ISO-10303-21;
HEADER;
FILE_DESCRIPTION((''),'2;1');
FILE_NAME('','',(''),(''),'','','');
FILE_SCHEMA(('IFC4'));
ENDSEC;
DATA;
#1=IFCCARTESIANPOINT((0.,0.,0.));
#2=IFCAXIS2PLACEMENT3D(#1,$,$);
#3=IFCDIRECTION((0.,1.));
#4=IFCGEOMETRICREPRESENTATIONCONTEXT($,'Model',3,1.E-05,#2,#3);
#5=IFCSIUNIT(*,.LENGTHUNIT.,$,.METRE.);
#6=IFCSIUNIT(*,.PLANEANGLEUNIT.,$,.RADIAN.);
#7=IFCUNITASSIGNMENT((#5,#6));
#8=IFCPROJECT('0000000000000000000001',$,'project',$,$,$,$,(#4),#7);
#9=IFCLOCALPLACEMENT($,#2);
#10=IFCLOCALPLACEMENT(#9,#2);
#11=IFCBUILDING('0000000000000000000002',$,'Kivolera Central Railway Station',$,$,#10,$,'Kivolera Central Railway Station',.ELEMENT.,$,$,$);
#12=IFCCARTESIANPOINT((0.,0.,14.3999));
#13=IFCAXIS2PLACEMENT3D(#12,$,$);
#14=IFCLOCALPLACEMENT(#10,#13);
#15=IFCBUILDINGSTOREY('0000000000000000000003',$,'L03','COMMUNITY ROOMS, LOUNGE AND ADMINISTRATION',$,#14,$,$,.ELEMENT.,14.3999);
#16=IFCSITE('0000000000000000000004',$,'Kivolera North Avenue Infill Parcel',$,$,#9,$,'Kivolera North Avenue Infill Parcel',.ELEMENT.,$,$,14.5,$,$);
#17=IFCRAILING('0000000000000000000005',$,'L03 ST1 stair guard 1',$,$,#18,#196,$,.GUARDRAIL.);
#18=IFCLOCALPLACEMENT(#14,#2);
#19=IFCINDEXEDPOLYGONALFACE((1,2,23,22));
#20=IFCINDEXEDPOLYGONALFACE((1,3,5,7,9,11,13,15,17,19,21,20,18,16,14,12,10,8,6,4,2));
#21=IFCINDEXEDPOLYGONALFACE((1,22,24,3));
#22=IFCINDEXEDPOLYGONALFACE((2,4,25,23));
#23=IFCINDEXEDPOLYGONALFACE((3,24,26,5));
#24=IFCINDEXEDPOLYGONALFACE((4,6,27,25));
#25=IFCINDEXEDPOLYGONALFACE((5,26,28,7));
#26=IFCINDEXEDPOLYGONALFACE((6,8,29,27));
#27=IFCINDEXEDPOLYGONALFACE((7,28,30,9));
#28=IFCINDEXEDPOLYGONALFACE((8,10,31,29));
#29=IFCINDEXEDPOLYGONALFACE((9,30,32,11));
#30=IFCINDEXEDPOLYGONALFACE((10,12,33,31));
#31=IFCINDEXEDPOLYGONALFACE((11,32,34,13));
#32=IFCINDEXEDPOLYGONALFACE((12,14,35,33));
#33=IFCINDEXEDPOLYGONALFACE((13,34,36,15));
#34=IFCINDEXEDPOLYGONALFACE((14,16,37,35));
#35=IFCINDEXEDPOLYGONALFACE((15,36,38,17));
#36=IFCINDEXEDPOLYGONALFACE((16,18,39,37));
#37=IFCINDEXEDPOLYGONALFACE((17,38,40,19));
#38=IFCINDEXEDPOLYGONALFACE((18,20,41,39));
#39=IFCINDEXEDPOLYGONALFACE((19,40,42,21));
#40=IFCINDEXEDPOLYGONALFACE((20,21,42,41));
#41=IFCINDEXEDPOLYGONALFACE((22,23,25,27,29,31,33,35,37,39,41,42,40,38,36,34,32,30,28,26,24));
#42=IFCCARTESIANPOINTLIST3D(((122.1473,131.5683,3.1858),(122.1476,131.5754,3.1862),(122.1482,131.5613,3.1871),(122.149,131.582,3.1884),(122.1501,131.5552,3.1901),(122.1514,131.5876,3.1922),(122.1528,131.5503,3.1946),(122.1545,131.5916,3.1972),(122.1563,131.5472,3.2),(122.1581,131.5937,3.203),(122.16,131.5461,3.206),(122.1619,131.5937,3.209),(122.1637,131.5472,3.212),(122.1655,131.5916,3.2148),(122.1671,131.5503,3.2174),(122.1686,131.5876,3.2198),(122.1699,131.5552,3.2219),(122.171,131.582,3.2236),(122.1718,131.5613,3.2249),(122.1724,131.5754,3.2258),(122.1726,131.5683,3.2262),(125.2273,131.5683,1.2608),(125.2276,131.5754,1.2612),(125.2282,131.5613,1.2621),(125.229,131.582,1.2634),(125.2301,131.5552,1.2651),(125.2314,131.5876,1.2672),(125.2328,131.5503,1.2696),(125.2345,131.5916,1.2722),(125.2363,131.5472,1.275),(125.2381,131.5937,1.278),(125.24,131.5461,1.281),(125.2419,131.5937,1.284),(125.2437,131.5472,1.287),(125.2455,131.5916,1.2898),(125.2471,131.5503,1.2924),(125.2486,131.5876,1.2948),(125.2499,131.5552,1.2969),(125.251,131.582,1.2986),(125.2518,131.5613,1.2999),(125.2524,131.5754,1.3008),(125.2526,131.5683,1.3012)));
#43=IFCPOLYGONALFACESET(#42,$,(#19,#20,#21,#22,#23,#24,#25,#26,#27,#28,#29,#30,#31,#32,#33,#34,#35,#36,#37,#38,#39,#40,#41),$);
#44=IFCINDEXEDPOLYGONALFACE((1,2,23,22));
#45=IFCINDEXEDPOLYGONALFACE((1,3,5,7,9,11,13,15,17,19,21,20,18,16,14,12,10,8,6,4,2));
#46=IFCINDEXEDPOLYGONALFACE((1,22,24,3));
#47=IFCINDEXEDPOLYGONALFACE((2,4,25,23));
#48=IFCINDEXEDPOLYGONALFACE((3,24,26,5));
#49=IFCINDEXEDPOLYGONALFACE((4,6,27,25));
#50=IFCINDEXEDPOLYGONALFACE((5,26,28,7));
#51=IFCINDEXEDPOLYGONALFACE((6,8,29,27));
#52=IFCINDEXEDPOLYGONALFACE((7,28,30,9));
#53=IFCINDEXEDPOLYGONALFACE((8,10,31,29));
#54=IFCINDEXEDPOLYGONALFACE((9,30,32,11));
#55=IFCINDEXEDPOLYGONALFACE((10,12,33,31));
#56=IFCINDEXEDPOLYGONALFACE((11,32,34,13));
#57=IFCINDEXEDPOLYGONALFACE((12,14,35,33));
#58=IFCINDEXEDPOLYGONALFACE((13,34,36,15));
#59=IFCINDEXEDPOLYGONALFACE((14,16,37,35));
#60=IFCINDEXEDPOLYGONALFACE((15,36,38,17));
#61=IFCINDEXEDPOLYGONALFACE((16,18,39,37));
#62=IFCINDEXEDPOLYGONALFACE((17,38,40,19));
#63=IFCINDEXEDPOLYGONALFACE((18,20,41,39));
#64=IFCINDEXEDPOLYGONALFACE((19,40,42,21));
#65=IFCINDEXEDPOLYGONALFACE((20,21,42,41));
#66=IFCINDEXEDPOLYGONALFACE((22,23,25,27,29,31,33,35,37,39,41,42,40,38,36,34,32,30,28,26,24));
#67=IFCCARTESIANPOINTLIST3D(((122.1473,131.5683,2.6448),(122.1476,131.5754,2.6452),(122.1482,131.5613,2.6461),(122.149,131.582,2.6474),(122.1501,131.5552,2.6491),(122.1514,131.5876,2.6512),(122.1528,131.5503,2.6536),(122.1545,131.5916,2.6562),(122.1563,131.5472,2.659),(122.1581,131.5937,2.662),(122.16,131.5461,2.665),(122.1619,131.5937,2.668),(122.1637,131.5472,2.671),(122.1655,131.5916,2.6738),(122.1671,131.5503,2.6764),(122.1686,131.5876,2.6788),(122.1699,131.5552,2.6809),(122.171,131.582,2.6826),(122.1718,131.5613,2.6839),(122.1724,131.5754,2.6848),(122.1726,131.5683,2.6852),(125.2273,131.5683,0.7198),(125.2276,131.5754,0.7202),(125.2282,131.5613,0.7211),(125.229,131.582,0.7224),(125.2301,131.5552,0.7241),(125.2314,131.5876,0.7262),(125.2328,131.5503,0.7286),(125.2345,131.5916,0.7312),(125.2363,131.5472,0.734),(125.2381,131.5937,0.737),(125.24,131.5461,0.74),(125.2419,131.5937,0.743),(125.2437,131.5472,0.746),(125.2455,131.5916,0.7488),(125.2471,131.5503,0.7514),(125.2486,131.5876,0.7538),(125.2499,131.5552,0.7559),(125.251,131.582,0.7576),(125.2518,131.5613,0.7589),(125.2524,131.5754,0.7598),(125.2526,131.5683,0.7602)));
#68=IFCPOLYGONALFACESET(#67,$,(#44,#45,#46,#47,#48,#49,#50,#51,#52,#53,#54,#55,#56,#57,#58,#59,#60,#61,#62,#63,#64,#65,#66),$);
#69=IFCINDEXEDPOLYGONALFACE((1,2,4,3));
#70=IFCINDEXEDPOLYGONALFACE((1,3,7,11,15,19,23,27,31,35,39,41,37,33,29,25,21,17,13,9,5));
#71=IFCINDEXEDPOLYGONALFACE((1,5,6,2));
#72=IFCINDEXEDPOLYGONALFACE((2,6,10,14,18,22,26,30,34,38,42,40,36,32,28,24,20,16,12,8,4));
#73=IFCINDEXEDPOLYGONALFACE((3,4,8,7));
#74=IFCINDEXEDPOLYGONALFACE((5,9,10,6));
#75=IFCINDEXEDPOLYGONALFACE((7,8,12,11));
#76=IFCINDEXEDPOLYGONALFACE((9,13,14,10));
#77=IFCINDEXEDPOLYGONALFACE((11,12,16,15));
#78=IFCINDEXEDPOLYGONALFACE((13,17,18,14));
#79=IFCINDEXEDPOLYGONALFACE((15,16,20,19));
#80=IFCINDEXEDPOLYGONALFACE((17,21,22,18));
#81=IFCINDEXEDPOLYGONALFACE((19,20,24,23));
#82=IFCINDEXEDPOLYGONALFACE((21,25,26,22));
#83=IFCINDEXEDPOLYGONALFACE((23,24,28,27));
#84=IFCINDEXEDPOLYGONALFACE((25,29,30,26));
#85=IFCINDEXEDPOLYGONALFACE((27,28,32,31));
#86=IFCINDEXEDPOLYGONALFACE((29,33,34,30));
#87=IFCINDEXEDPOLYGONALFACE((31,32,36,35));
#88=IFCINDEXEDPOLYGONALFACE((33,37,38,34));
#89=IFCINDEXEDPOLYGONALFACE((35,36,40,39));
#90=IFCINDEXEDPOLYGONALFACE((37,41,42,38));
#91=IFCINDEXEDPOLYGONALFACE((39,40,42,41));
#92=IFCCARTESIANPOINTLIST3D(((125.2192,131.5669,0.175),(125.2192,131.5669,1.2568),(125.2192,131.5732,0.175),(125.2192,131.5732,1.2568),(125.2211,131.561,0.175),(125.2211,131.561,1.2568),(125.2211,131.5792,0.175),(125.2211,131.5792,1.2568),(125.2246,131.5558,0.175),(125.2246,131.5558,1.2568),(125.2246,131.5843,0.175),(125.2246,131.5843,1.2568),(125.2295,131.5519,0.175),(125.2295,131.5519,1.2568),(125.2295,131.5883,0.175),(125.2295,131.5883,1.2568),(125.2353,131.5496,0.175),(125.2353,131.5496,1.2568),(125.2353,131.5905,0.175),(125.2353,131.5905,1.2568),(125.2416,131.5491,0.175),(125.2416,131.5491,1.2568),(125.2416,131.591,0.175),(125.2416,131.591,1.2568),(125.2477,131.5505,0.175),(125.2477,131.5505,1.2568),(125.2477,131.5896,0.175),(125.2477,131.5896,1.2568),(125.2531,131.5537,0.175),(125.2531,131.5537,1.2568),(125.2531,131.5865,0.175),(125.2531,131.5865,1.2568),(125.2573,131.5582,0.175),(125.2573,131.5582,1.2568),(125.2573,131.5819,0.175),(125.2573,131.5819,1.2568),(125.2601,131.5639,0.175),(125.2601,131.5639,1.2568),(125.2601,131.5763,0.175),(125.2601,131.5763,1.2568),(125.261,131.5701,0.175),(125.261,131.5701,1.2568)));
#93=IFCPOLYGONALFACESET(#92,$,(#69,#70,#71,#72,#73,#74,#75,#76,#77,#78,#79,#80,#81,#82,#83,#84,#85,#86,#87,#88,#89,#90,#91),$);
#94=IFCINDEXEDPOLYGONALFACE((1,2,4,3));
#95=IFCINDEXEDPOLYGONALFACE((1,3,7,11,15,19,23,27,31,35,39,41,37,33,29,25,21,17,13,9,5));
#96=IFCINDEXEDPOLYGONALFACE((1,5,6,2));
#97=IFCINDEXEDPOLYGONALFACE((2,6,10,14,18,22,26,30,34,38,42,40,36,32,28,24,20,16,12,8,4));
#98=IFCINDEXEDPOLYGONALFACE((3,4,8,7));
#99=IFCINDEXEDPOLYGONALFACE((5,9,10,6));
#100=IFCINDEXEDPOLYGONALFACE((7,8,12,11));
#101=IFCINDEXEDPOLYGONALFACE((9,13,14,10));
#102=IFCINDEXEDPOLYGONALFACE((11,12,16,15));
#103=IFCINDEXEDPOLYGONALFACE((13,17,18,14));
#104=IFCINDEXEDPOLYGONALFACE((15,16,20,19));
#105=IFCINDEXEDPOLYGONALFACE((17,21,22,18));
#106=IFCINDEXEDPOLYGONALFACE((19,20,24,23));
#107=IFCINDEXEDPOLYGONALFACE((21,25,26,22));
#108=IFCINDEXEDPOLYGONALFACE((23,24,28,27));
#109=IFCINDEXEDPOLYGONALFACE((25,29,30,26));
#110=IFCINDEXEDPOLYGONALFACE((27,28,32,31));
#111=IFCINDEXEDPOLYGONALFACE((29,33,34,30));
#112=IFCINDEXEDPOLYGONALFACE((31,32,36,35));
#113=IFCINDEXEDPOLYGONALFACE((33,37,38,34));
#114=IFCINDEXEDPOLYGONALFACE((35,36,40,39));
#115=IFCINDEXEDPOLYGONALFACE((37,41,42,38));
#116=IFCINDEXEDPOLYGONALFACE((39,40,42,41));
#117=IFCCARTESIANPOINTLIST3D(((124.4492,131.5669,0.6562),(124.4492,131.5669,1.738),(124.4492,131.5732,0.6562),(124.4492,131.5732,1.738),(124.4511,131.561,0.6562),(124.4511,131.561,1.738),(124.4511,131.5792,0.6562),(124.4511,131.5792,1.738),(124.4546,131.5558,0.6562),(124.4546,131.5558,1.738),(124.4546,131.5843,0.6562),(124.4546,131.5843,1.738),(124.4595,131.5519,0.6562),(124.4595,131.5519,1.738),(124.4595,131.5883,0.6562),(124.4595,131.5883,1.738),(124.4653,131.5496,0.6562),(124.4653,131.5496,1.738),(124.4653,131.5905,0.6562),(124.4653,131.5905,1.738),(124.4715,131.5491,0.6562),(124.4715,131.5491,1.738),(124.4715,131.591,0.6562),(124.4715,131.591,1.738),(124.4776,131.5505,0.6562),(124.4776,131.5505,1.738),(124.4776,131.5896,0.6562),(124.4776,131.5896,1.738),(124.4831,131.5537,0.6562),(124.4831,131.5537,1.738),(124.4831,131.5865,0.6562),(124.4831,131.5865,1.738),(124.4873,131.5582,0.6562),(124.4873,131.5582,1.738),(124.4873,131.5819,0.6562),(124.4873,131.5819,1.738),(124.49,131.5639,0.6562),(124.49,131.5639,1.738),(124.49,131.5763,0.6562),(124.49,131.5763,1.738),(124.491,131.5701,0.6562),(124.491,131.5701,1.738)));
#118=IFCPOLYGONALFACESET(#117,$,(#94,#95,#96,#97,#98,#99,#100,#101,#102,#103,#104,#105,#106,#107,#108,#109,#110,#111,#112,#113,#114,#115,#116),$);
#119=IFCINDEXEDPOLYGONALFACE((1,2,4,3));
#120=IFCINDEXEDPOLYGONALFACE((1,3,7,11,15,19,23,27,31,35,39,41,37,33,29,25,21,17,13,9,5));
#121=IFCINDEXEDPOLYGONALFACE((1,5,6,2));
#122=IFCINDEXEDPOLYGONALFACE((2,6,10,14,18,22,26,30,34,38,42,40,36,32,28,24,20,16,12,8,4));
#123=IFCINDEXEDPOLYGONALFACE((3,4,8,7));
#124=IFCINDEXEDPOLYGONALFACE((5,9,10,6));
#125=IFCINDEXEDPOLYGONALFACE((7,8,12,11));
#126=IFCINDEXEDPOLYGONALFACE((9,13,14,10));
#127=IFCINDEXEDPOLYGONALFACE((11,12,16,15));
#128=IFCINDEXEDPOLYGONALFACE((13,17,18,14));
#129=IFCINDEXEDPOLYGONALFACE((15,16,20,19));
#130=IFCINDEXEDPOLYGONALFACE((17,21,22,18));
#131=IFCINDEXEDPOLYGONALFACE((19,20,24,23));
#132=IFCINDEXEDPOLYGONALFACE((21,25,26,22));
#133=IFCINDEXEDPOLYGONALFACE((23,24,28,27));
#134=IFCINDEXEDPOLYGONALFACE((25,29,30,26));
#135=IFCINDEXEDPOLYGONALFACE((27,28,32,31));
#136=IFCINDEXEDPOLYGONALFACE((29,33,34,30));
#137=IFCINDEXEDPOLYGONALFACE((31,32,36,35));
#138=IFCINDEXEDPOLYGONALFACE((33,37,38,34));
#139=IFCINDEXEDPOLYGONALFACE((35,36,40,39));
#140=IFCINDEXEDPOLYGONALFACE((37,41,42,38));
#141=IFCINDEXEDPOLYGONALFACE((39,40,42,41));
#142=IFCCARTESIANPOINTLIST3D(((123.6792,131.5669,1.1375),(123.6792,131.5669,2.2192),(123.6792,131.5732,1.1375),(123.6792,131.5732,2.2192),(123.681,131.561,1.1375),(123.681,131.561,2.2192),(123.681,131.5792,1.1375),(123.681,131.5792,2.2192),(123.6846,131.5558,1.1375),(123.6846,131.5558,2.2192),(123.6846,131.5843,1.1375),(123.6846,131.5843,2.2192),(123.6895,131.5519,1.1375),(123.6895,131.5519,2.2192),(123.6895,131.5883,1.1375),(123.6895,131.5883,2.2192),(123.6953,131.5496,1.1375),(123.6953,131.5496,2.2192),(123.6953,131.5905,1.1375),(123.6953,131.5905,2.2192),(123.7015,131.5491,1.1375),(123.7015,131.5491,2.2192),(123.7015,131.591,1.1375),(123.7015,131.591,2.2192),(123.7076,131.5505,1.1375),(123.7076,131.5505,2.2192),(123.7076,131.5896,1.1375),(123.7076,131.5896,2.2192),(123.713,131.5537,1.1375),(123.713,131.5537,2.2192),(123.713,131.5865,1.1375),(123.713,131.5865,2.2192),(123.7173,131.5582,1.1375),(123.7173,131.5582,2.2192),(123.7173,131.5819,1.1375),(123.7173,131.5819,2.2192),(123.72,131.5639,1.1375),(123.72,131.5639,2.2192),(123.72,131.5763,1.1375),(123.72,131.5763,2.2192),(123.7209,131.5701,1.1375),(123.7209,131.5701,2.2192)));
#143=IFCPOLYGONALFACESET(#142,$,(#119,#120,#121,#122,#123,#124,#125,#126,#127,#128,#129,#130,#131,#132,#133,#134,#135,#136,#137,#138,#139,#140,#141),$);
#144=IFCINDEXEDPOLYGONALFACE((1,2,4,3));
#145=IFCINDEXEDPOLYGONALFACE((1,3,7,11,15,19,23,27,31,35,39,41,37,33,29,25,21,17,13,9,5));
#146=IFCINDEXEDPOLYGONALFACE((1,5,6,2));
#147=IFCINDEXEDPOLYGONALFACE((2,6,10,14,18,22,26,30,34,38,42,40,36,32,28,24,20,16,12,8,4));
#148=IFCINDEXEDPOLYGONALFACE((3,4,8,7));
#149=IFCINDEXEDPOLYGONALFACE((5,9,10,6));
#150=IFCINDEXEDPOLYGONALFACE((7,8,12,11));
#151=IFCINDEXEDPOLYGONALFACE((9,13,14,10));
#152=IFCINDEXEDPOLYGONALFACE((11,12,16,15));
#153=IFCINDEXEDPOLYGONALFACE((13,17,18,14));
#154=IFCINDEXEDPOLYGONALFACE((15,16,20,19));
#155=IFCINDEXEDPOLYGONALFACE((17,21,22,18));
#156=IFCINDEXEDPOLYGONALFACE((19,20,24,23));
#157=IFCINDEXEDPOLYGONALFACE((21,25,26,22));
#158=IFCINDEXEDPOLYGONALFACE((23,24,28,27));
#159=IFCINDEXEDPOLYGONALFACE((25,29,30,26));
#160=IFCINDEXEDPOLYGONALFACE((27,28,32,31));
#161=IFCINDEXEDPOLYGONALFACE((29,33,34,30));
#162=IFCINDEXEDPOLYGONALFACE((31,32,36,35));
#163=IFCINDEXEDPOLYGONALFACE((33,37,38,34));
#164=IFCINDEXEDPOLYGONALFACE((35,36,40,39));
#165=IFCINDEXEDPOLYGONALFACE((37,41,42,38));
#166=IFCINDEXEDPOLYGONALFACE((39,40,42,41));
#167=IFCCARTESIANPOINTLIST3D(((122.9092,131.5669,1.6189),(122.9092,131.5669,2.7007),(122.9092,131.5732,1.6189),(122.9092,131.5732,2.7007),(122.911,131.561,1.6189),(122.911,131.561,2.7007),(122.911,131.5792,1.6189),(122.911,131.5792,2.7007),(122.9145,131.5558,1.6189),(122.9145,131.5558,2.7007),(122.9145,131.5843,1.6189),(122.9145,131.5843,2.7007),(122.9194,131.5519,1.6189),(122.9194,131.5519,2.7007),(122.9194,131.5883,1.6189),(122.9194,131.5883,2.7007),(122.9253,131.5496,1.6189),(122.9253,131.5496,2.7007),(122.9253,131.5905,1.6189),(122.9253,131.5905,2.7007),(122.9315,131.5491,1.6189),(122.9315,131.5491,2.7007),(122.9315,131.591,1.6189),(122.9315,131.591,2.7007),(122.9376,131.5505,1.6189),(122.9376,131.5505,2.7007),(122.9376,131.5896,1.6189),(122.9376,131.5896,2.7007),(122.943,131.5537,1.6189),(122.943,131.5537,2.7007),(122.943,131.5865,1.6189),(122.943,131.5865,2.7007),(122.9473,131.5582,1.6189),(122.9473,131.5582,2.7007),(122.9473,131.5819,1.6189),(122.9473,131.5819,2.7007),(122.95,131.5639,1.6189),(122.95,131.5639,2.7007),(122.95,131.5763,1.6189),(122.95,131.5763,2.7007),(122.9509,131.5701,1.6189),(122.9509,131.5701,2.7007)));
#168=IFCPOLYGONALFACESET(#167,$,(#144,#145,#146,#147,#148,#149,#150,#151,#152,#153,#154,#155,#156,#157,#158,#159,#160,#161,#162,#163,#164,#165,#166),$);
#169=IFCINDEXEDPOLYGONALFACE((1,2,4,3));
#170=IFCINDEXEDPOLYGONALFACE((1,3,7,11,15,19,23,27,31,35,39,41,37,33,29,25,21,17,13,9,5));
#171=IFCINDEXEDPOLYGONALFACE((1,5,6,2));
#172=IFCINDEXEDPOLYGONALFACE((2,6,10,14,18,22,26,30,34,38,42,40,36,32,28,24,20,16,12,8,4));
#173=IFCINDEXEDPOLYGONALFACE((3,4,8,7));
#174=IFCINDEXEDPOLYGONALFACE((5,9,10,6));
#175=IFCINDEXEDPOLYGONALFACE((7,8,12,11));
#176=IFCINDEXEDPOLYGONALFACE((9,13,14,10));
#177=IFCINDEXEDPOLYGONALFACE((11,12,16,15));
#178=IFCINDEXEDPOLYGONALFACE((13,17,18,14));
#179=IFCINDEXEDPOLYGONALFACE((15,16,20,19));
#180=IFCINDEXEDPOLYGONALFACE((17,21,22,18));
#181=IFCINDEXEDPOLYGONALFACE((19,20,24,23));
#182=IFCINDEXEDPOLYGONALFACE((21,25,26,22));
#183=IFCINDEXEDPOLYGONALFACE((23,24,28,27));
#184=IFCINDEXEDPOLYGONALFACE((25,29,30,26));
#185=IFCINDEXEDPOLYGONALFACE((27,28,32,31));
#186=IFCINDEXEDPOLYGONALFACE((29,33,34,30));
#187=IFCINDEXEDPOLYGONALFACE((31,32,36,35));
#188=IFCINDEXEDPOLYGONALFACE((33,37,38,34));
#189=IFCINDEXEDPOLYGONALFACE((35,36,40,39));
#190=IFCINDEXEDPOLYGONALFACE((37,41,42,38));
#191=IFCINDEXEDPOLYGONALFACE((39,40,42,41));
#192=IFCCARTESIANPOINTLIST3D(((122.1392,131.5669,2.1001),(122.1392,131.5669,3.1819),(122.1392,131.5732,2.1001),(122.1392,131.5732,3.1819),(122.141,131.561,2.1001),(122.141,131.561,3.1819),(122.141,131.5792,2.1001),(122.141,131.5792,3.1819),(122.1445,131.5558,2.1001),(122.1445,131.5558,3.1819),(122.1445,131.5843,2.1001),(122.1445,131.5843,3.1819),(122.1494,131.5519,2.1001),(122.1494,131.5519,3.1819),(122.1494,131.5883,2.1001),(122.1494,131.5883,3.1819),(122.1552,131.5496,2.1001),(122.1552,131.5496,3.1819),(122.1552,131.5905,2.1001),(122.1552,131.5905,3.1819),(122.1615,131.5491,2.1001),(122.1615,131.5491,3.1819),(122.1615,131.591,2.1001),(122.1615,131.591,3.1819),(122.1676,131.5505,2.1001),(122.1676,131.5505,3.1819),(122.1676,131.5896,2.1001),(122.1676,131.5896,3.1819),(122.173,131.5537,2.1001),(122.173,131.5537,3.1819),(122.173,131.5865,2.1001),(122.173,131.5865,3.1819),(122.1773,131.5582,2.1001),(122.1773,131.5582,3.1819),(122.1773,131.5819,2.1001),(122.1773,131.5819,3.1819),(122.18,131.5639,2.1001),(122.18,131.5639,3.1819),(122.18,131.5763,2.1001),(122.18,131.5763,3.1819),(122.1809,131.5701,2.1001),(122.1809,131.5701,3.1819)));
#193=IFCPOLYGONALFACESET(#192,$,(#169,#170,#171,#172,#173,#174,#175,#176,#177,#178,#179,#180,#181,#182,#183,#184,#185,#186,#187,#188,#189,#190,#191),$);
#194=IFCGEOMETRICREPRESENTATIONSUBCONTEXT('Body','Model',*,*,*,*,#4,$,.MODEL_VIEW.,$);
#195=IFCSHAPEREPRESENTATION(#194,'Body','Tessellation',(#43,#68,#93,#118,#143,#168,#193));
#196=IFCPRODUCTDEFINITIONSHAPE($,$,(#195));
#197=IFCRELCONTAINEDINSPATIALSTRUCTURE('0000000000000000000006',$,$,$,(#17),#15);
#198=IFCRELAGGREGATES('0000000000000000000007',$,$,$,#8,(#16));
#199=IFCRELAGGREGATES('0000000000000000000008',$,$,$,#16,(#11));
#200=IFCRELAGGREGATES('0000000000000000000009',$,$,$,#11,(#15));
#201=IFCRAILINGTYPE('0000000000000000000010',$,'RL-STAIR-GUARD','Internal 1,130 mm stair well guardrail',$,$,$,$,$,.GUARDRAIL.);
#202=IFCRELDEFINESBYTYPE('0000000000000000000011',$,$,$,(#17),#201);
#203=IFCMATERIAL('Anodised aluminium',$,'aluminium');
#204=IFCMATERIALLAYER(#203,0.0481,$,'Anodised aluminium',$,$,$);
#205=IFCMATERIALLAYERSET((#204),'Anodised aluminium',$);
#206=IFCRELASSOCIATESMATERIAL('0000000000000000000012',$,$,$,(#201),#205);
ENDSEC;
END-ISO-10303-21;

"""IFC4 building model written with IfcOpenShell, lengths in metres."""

from ifc_helpers import new_model, si_unit, direction, frame, origin, origin_2d, place, context, subcontext, project, spatial, circle, extrude, material, layer, layer_set, type_object, element, save


model = new_model("IFC4")

# Units and contexts
model_context = context("Model", 3, precision=1e-05, world=origin(), true_north=direction((0.0, 1.0)))
body_context = subcontext(model_context, "Body", "Model", "MODEL_VIEW")
ifc_project = project(units=[si_unit("LENGTHUNIT", "METRE"), si_unit("PLANEANGLEUNIT", "RADIAN")], contexts=[model_context])

# Site, building, storey
site_placement = place(None, origin())
site = spatial("IfcSite", under=ifc_project, at=site_placement, Name="Kivolera North Avenue Infill Parcel", LongName="Kivolera North Avenue Infill Parcel", CompositionType="ELEMENT", RefElevation=14.5)
building_placement = place(site_placement, origin())
building = spatial("IfcBuilding", under=site, at=building_placement, Name="Kivolera Central Railway Station", LongName="Kivolera Central Railway Station", CompositionType="ELEMENT")
storey_placement = place(building_placement, frame((0.0, 0.0, 14.3999)))
storey = spatial("IfcBuildingStorey", under=building, at=storey_placement, Name="L03", Description="COMMUNITY ROOMS, LOUNGE AND ADMINISTRATION", CompositionType="ELEMENT", Elevation=14.3999)

# Shared definitions
ifc_material_1 = material(Name="Anodised aluminium", Category="aluminium")

# Railing
ifc_layer_1 = layer(ifc_material_1, 0.0481, Name="Anodised aluminium")
ifc_layer_set_1 = layer_set([ifc_layer_1], Name="Anodised aluminium")
railing_type_1 = type_object("IfcRailingType", Name="RL-STAIR-GUARD", Description="Internal 1,130 mm stair well guardrail", PredefinedType="GUARDRAIL", material=ifc_layer_set_1)
railing_1_placement = place(storey_placement, frame((125.24, 131.5701, 0.175)))
element("IfcRailing", 1, at=railing_1_placement, inside=storey, type_object=railing_type_1, Name="L03 ST1 stair guard 1", PredefinedType="GUARDRAIL", context=body_context, shape_type="SweptSolid", body=[
    extrude(circle(Radius=0.0239, at=origin_2d()), frame((0.0, 0.0, 1.106), z_axis=(-0.847998, 0.0, 0.529999), x_axis=(0.0, -1.0, 0.0)), (0.0, 0.0, 1.0), 3.6321),
    extrude(circle(Radius=0.0239, at=origin_2d()), frame((0.0, 0.0, 0.5649), z_axis=(-0.847998, 0.0, 0.529999), x_axis=(0.0, -1.0, 0.0)), (0.0, 0.0, 1.0), 3.6321),
    extrude(circle(Radius=0.021, at=origin_2d()), origin(), (0.0, 0.0, 1.0), 1.0818),
    extrude(circle(Radius=0.021, at=origin_2d()), frame((-0.77, 0.0, 0.4812)), (0.0, 0.0, 1.0), 1.0818),
    extrude(circle(Radius=0.021, at=origin_2d()), frame((-1.54, 0.0, 0.9624)), (0.0, 0.0, 1.0), 1.0818),
    extrude(circle(Radius=0.021, at=origin_2d()), frame((-2.3101, 0.0, 1.4438)), (0.0, 0.0, 1.0), 1.0818),
    extrude(circle(Radius=0.021, at=origin_2d()), frame((-3.0801, 0.0, 1.925)), (0.0, 0.0, 1.0), 1.0818),
])

save(model, "model.ifc")
